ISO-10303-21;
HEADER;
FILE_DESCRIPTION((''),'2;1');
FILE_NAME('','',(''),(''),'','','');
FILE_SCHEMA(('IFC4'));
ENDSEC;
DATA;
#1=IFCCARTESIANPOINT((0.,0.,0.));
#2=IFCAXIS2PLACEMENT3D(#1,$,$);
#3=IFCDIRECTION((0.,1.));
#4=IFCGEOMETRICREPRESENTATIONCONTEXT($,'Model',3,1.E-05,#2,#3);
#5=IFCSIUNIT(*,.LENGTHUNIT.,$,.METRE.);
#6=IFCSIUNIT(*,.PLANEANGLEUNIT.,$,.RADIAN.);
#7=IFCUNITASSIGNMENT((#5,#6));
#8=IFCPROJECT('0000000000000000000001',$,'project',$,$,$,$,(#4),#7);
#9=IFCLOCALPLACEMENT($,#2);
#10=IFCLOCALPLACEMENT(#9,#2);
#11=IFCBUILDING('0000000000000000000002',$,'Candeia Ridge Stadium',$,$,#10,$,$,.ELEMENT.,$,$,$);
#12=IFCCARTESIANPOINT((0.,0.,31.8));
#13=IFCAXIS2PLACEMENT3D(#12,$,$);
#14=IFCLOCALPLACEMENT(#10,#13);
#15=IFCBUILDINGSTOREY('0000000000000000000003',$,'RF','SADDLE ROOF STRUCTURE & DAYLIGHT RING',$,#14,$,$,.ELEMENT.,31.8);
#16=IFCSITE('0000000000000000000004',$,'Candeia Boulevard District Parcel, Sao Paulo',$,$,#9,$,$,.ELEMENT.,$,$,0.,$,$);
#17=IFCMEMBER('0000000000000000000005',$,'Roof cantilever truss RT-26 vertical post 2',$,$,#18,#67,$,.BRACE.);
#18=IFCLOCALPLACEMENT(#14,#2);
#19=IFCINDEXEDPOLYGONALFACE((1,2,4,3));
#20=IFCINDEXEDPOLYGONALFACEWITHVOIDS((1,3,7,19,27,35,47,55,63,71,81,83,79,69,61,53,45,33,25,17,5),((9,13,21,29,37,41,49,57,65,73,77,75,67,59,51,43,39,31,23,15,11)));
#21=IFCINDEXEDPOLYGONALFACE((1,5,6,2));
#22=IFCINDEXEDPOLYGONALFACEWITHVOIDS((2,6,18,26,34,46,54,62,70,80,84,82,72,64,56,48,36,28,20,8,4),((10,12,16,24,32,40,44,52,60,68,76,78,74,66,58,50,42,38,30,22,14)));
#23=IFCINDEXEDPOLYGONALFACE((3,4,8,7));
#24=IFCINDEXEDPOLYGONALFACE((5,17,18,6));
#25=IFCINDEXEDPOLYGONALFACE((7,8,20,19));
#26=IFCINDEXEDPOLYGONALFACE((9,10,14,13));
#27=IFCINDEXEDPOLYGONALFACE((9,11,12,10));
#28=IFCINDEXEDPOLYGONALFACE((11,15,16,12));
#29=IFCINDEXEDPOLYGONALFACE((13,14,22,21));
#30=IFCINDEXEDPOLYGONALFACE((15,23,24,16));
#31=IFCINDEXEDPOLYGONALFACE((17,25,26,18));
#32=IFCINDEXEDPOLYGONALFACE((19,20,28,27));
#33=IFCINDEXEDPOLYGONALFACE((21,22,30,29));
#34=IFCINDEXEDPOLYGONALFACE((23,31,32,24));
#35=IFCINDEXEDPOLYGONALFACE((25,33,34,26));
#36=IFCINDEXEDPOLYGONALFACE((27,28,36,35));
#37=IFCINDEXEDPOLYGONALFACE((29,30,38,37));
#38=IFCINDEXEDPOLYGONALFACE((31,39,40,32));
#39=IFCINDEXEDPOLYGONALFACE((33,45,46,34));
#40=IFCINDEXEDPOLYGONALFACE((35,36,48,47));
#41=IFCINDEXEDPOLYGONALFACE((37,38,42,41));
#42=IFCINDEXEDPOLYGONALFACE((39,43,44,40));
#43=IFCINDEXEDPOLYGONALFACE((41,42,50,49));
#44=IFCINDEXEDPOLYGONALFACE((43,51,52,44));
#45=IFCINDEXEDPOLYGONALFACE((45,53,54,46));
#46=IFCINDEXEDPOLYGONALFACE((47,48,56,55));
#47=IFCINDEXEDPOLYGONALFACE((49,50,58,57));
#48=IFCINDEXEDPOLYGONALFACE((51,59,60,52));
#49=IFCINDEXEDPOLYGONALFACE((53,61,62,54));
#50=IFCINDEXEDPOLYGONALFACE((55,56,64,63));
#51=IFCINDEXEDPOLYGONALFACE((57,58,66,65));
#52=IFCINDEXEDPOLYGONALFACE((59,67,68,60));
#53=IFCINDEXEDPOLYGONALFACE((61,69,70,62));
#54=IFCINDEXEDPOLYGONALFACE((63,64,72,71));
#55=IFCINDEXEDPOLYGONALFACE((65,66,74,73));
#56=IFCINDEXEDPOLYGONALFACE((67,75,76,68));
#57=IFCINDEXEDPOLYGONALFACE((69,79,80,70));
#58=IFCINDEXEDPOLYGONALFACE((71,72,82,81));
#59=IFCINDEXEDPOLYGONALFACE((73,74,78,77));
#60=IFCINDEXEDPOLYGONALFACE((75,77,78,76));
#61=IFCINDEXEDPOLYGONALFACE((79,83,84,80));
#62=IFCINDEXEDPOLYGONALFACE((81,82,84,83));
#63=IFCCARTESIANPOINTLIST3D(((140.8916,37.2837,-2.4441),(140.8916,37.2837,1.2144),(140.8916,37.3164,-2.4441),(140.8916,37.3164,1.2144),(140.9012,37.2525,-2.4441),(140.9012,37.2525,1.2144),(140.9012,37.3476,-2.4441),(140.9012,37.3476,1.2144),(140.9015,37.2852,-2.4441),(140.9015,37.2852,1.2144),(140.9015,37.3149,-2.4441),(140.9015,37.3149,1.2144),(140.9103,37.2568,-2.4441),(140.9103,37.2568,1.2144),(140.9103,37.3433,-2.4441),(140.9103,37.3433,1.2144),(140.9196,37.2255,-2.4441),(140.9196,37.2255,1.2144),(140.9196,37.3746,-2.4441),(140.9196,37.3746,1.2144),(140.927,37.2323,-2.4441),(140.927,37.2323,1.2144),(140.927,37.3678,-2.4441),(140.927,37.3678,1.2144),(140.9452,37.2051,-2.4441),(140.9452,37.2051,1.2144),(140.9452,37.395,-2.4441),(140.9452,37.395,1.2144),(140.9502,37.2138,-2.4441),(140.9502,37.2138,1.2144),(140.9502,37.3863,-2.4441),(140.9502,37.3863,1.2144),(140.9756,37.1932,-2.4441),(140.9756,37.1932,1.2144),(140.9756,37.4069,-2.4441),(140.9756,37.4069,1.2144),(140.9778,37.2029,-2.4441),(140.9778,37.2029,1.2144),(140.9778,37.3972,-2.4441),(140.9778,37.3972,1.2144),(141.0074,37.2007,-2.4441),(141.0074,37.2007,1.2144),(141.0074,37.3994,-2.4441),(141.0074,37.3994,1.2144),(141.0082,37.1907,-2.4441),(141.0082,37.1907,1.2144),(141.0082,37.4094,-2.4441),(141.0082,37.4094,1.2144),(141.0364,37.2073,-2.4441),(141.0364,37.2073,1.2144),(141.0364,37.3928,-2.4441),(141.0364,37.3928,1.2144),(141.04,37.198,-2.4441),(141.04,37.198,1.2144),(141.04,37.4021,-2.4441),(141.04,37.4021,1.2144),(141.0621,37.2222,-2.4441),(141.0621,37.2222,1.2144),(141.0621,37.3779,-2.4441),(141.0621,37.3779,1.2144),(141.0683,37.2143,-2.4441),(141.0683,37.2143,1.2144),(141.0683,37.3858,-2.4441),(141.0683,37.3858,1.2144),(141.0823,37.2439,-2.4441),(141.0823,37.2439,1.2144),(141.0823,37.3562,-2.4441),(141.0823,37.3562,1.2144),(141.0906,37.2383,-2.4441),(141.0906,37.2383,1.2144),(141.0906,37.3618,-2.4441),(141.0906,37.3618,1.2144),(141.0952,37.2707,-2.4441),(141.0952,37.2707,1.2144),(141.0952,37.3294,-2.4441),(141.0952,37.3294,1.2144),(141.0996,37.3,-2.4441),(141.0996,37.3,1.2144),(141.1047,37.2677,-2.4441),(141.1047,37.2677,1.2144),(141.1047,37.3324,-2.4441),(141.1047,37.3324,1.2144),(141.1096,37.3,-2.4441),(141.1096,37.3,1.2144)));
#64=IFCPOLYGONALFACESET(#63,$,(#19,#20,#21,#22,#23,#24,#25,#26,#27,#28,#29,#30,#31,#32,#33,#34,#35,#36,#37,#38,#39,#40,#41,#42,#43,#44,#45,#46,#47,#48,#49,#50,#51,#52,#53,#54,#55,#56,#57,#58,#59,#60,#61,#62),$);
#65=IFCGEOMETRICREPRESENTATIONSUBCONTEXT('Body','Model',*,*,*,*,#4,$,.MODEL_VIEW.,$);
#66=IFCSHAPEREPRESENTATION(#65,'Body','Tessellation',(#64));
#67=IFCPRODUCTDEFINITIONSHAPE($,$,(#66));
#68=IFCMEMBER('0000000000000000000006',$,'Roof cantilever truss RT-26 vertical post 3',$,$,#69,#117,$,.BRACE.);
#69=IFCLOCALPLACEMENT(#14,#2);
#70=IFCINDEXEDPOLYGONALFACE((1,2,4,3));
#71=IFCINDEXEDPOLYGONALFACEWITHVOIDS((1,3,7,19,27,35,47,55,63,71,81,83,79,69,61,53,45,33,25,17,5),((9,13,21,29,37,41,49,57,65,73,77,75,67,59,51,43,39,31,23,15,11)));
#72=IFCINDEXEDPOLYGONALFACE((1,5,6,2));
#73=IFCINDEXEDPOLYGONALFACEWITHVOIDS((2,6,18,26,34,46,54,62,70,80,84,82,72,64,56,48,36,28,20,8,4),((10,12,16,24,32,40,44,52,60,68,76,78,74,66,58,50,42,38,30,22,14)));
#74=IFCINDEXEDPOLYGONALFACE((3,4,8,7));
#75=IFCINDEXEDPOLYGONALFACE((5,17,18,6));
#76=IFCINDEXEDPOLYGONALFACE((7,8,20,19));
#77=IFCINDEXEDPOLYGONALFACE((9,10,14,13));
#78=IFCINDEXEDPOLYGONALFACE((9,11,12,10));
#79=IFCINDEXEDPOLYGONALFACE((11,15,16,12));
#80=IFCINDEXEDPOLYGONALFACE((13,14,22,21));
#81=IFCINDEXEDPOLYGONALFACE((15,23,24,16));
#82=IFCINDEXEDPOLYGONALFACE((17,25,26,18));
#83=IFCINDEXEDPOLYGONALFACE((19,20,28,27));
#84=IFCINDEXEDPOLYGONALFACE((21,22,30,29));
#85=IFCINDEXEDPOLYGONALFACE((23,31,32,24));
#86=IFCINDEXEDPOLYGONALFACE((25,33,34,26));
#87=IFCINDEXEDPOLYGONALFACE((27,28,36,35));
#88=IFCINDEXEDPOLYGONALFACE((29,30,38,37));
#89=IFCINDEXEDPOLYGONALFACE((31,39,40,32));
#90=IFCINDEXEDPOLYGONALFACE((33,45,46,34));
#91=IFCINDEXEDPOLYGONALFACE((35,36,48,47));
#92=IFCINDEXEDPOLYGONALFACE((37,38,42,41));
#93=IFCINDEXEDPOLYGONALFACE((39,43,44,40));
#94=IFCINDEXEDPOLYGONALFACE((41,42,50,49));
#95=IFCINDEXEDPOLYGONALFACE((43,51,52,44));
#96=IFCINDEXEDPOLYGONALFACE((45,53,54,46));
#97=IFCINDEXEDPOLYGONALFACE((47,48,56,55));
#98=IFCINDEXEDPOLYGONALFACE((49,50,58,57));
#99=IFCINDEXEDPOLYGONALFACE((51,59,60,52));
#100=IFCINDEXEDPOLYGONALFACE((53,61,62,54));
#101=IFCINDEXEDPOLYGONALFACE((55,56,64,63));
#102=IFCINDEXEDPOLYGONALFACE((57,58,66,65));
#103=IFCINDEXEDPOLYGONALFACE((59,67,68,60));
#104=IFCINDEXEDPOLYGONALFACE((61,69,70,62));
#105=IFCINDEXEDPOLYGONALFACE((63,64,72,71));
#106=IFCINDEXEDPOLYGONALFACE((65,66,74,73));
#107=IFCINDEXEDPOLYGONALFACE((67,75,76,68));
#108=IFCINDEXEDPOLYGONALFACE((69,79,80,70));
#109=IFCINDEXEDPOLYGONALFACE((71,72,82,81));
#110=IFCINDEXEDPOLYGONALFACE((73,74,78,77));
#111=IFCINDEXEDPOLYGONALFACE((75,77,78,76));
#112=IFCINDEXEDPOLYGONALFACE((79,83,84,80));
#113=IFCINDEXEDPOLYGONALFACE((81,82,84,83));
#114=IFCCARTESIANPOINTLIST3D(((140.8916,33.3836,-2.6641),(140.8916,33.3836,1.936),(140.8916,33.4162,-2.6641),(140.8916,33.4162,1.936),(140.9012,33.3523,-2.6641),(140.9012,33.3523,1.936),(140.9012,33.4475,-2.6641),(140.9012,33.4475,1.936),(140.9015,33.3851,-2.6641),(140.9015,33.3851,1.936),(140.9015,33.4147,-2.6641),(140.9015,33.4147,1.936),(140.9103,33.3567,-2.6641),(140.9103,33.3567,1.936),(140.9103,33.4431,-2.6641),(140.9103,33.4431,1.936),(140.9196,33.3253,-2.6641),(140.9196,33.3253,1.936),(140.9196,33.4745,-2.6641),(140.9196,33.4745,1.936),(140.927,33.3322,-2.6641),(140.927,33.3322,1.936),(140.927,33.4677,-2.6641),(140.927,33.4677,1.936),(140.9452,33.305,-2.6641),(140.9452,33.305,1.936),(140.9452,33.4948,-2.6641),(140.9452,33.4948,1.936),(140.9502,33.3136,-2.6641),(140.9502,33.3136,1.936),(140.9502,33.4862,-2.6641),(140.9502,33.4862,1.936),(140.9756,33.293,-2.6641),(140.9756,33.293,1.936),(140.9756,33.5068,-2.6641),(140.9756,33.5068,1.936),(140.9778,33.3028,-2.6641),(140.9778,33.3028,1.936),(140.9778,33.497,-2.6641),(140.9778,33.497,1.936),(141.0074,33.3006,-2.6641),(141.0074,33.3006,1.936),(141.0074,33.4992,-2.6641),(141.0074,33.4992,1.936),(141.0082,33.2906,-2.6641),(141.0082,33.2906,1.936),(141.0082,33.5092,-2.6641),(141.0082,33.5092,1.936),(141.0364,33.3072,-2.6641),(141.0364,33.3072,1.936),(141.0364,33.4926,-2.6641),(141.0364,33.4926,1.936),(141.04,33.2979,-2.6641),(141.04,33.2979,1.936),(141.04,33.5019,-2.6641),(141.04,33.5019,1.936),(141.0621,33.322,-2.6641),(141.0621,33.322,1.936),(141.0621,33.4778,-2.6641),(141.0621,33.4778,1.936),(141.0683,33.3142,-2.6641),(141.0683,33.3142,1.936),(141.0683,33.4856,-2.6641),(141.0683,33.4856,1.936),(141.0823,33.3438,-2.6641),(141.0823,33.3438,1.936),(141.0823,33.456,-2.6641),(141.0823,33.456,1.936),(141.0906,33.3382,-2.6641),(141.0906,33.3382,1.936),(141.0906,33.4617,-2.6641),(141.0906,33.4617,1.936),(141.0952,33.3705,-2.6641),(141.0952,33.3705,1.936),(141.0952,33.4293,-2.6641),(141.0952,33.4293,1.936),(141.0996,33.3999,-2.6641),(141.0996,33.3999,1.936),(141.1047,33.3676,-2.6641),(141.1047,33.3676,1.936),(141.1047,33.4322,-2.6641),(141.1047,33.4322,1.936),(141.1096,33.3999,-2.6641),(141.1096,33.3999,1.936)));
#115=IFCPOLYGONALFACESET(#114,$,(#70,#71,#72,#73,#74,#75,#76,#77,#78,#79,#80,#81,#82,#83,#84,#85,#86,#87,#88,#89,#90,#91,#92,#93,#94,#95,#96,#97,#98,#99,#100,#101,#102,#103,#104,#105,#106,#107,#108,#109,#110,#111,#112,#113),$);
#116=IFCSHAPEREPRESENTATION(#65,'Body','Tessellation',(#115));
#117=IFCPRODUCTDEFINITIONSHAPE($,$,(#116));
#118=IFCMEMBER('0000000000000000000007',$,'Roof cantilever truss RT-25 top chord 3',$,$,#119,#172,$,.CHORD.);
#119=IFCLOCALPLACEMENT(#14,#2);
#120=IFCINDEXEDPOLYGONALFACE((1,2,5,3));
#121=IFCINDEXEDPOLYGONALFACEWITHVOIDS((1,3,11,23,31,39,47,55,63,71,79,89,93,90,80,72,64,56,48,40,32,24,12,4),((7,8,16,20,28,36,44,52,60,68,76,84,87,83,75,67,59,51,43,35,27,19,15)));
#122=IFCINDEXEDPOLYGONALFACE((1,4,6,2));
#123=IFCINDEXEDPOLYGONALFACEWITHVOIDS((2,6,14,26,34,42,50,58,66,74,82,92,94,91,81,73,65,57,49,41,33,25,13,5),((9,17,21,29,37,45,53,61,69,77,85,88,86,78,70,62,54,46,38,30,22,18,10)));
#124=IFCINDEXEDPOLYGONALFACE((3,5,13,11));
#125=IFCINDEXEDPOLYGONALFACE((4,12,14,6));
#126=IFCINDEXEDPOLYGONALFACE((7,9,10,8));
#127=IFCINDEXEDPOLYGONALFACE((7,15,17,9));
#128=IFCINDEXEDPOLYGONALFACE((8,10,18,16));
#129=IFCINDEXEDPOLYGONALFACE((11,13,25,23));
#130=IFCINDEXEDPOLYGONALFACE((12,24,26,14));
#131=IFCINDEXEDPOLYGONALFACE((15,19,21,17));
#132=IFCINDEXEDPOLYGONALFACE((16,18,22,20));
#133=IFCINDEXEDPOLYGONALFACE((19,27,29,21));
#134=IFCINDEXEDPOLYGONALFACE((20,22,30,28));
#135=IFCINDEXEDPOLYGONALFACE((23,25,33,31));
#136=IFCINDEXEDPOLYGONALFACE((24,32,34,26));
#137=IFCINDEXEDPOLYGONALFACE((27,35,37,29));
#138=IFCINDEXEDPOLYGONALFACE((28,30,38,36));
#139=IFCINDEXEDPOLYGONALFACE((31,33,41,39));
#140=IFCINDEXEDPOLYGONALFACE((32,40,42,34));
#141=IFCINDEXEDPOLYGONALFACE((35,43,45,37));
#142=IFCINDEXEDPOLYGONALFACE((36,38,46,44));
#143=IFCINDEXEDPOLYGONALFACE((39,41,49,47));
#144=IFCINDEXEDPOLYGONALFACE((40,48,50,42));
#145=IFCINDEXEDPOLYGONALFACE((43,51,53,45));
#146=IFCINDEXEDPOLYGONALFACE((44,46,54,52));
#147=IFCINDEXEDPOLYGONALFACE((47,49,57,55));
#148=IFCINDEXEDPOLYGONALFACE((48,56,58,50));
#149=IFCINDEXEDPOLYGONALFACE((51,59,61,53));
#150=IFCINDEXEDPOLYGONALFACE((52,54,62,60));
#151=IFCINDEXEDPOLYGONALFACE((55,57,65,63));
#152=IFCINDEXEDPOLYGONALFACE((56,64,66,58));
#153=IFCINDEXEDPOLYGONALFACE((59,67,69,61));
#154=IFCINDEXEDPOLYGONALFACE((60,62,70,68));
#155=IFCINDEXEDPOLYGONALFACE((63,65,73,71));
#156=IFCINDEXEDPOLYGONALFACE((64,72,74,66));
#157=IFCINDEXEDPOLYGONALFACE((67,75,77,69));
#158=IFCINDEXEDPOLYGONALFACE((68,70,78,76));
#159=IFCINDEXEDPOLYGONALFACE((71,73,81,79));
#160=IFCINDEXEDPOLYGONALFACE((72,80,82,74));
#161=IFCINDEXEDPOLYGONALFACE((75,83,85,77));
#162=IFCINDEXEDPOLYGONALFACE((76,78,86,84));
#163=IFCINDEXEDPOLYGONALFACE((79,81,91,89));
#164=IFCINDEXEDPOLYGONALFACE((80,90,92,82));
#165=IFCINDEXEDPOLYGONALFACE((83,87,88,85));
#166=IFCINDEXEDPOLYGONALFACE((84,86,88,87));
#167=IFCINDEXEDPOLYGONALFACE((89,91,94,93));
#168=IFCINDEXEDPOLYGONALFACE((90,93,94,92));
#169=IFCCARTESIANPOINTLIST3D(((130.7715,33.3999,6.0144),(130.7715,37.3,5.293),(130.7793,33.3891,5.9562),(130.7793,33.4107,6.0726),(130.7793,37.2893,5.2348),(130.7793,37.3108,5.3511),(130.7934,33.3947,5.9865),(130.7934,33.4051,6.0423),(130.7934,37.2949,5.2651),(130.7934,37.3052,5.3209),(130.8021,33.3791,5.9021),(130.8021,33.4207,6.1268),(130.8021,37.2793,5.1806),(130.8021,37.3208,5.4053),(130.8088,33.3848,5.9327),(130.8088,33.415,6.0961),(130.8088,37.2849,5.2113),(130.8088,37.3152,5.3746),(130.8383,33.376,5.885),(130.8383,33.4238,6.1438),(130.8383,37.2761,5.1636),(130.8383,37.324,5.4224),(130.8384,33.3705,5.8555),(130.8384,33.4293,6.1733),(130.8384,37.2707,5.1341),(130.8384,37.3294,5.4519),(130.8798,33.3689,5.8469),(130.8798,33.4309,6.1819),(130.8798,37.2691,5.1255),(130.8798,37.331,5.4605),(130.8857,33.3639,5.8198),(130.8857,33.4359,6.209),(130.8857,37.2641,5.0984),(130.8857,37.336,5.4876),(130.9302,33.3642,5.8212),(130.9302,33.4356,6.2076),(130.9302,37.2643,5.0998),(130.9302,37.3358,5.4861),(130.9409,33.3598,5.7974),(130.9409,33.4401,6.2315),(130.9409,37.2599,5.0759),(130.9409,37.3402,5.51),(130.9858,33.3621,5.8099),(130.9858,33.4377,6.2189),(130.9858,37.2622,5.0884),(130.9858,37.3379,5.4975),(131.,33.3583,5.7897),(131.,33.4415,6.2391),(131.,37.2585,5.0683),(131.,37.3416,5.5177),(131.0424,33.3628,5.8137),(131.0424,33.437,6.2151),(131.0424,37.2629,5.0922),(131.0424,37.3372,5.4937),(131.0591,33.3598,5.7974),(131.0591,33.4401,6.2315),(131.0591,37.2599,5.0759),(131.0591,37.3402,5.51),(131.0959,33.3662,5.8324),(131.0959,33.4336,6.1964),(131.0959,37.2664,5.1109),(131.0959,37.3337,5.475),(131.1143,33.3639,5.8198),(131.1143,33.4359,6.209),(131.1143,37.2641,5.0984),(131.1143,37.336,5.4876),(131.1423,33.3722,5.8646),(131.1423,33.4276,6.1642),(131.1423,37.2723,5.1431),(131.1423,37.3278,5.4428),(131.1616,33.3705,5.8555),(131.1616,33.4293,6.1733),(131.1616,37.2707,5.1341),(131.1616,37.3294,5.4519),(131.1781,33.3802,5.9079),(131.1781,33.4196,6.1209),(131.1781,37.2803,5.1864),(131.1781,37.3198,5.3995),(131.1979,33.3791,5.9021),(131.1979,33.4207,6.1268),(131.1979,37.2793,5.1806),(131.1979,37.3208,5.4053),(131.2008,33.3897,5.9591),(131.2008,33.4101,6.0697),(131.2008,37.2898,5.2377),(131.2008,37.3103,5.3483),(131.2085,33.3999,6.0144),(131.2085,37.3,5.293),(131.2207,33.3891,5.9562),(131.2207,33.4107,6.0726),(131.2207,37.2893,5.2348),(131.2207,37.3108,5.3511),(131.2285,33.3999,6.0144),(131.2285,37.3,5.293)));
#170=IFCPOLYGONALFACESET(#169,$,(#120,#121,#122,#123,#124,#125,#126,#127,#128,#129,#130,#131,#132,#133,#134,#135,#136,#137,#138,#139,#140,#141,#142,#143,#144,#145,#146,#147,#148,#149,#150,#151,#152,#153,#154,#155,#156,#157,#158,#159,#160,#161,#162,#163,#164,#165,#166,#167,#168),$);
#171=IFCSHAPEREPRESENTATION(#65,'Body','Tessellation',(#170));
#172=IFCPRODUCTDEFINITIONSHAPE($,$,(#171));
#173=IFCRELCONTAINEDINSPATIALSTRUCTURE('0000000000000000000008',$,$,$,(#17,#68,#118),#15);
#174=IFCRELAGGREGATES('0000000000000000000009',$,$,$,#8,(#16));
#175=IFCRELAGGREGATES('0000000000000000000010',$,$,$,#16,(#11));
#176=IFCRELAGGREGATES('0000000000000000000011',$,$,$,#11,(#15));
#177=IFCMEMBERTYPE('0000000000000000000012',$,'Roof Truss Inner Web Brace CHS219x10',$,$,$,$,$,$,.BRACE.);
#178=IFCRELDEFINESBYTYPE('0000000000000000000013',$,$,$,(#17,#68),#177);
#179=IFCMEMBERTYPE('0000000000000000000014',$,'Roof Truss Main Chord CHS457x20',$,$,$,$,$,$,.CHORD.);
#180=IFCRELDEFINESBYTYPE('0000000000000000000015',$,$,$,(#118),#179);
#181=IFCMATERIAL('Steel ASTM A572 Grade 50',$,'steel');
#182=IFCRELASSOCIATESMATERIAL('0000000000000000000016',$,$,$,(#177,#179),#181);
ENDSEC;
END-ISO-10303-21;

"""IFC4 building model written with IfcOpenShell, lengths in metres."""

from ifc_helpers import new_model, si_unit, direction, frame, origin, origin_2d, place, context, subcontext, project, spatial, hollow_circle, extrude, material, material_profile, profile_set, type_object, element, save


model = new_model("IFC4")

# Units and contexts
model_context = context("Model", 3, precision=1e-05, world=origin(), true_north=direction((0.0, 1.0)))
body_context = subcontext(model_context, "Body", "Model", "MODEL_VIEW")
ifc_project = project(units=[si_unit("LENGTHUNIT", "METRE"), si_unit("PLANEANGLEUNIT", "RADIAN")], contexts=[model_context])

# Site, building, storey
site_placement = place(None, origin())
site = spatial("IfcSite", under=ifc_project, at=site_placement, Name="Candeia Boulevard District Parcel, Sao Paulo", CompositionType="ELEMENT", RefElevation=0.0)
building_placement = place(site_placement, origin())
building = spatial("IfcBuilding", under=site, at=building_placement, Name="Candeia Ridge Stadium", CompositionType="ELEMENT")
storey_placement = place(building_placement, frame((0.0, 0.0, 31.8)))
storey = spatial("IfcBuildingStorey", under=building, at=storey_placement, Name="RF", Description="SADDLE ROOF STRUCTURE & DAYLIGHT RING", CompositionType="ELEMENT", Elevation=31.8)

# Shared definitions
ifc_material_1 = material(Name="Steel ASTM A572 Grade 50", Category="steel")

# Members
ifc_material_profile_1 = material_profile(ifc_material_1, hollow_circle(Radius=0.1096, WallThickness=0.01, at=origin_2d()), Name="CHS219x10", Category="steel")
ifc_profile_set_1 = profile_set([ifc_material_profile_1], Name="Steel ASTM A572 Grade 50")
member_type_1 = type_object("IfcMemberType", Name="Roof Truss Inner Web Brace CHS219x10", PredefinedType="BRACE", material=ifc_profile_set_1)
member_1_placement = place(storey_placement, frame((141.0, 37.3, -2.4441), z_axis=(0.0, 0.0, 1.0), x_axis=(1.0, 0.0, 0.0)))
element("IfcMember", 1, at=member_1_placement, inside=storey, type_object=member_type_1, Name="Roof cantilever truss RT-26 vertical post 2", PredefinedType="BRACE", context=body_context, shape_type="SweptSolid", body=[
    extrude(hollow_circle(Radius=0.1096, WallThickness=0.01, at=origin_2d()), origin(), (0.0, 0.0, 1.0), 3.6584),
])
member_2_placement = place(storey_placement, frame((141.0, 33.3999, -2.6641), z_axis=(0.0, 0.0, 1.0), x_axis=(1.0, 0.0, 0.0)))
element("IfcMember", 2, at=member_2_placement, inside=storey, type_object=member_type_1, Name="Roof cantilever truss RT-26 vertical post 3", PredefinedType="BRACE", context=body_context, shape_type="SweptSolid", body=[
    extrude(hollow_circle(Radius=0.1096, WallThickness=0.01, at=origin_2d()), origin(), (0.0, 0.0, 1.0), 4.6001),
])
ifc_material_profile_2 = material_profile(ifc_material_1, hollow_circle(Radius=0.2285, WallThickness=0.02, at=origin_2d()), Name="CHS457x20", Category="steel")
ifc_profile_set_2 = profile_set([ifc_material_profile_2], Name="Steel ASTM A572 Grade 50")
member_type_2 = type_object("IfcMemberType", Name="Roof Truss Main Chord CHS457x20", PredefinedType="CHORD", material=ifc_profile_set_2)
member_3_placement = place(storey_placement, frame((131.0, 37.3, 5.293), z_axis=(0.0, -0.983319, 0.181891), x_axis=(1.0, 0.0, 0.0)))
element("IfcMember", 3, at=member_3_placement, inside=storey, type_object=member_type_2, Name="Roof cantilever truss RT-25 top chord 3", PredefinedType="CHORD", context=body_context, shape_type="SweptSolid", body=[
    extrude(hollow_circle(Radius=0.2285, WallThickness=0.02, at=origin_2d()), origin(), (0.0, 0.0, 1.0), 3.9663),
])

save(model, "model.ifc")
